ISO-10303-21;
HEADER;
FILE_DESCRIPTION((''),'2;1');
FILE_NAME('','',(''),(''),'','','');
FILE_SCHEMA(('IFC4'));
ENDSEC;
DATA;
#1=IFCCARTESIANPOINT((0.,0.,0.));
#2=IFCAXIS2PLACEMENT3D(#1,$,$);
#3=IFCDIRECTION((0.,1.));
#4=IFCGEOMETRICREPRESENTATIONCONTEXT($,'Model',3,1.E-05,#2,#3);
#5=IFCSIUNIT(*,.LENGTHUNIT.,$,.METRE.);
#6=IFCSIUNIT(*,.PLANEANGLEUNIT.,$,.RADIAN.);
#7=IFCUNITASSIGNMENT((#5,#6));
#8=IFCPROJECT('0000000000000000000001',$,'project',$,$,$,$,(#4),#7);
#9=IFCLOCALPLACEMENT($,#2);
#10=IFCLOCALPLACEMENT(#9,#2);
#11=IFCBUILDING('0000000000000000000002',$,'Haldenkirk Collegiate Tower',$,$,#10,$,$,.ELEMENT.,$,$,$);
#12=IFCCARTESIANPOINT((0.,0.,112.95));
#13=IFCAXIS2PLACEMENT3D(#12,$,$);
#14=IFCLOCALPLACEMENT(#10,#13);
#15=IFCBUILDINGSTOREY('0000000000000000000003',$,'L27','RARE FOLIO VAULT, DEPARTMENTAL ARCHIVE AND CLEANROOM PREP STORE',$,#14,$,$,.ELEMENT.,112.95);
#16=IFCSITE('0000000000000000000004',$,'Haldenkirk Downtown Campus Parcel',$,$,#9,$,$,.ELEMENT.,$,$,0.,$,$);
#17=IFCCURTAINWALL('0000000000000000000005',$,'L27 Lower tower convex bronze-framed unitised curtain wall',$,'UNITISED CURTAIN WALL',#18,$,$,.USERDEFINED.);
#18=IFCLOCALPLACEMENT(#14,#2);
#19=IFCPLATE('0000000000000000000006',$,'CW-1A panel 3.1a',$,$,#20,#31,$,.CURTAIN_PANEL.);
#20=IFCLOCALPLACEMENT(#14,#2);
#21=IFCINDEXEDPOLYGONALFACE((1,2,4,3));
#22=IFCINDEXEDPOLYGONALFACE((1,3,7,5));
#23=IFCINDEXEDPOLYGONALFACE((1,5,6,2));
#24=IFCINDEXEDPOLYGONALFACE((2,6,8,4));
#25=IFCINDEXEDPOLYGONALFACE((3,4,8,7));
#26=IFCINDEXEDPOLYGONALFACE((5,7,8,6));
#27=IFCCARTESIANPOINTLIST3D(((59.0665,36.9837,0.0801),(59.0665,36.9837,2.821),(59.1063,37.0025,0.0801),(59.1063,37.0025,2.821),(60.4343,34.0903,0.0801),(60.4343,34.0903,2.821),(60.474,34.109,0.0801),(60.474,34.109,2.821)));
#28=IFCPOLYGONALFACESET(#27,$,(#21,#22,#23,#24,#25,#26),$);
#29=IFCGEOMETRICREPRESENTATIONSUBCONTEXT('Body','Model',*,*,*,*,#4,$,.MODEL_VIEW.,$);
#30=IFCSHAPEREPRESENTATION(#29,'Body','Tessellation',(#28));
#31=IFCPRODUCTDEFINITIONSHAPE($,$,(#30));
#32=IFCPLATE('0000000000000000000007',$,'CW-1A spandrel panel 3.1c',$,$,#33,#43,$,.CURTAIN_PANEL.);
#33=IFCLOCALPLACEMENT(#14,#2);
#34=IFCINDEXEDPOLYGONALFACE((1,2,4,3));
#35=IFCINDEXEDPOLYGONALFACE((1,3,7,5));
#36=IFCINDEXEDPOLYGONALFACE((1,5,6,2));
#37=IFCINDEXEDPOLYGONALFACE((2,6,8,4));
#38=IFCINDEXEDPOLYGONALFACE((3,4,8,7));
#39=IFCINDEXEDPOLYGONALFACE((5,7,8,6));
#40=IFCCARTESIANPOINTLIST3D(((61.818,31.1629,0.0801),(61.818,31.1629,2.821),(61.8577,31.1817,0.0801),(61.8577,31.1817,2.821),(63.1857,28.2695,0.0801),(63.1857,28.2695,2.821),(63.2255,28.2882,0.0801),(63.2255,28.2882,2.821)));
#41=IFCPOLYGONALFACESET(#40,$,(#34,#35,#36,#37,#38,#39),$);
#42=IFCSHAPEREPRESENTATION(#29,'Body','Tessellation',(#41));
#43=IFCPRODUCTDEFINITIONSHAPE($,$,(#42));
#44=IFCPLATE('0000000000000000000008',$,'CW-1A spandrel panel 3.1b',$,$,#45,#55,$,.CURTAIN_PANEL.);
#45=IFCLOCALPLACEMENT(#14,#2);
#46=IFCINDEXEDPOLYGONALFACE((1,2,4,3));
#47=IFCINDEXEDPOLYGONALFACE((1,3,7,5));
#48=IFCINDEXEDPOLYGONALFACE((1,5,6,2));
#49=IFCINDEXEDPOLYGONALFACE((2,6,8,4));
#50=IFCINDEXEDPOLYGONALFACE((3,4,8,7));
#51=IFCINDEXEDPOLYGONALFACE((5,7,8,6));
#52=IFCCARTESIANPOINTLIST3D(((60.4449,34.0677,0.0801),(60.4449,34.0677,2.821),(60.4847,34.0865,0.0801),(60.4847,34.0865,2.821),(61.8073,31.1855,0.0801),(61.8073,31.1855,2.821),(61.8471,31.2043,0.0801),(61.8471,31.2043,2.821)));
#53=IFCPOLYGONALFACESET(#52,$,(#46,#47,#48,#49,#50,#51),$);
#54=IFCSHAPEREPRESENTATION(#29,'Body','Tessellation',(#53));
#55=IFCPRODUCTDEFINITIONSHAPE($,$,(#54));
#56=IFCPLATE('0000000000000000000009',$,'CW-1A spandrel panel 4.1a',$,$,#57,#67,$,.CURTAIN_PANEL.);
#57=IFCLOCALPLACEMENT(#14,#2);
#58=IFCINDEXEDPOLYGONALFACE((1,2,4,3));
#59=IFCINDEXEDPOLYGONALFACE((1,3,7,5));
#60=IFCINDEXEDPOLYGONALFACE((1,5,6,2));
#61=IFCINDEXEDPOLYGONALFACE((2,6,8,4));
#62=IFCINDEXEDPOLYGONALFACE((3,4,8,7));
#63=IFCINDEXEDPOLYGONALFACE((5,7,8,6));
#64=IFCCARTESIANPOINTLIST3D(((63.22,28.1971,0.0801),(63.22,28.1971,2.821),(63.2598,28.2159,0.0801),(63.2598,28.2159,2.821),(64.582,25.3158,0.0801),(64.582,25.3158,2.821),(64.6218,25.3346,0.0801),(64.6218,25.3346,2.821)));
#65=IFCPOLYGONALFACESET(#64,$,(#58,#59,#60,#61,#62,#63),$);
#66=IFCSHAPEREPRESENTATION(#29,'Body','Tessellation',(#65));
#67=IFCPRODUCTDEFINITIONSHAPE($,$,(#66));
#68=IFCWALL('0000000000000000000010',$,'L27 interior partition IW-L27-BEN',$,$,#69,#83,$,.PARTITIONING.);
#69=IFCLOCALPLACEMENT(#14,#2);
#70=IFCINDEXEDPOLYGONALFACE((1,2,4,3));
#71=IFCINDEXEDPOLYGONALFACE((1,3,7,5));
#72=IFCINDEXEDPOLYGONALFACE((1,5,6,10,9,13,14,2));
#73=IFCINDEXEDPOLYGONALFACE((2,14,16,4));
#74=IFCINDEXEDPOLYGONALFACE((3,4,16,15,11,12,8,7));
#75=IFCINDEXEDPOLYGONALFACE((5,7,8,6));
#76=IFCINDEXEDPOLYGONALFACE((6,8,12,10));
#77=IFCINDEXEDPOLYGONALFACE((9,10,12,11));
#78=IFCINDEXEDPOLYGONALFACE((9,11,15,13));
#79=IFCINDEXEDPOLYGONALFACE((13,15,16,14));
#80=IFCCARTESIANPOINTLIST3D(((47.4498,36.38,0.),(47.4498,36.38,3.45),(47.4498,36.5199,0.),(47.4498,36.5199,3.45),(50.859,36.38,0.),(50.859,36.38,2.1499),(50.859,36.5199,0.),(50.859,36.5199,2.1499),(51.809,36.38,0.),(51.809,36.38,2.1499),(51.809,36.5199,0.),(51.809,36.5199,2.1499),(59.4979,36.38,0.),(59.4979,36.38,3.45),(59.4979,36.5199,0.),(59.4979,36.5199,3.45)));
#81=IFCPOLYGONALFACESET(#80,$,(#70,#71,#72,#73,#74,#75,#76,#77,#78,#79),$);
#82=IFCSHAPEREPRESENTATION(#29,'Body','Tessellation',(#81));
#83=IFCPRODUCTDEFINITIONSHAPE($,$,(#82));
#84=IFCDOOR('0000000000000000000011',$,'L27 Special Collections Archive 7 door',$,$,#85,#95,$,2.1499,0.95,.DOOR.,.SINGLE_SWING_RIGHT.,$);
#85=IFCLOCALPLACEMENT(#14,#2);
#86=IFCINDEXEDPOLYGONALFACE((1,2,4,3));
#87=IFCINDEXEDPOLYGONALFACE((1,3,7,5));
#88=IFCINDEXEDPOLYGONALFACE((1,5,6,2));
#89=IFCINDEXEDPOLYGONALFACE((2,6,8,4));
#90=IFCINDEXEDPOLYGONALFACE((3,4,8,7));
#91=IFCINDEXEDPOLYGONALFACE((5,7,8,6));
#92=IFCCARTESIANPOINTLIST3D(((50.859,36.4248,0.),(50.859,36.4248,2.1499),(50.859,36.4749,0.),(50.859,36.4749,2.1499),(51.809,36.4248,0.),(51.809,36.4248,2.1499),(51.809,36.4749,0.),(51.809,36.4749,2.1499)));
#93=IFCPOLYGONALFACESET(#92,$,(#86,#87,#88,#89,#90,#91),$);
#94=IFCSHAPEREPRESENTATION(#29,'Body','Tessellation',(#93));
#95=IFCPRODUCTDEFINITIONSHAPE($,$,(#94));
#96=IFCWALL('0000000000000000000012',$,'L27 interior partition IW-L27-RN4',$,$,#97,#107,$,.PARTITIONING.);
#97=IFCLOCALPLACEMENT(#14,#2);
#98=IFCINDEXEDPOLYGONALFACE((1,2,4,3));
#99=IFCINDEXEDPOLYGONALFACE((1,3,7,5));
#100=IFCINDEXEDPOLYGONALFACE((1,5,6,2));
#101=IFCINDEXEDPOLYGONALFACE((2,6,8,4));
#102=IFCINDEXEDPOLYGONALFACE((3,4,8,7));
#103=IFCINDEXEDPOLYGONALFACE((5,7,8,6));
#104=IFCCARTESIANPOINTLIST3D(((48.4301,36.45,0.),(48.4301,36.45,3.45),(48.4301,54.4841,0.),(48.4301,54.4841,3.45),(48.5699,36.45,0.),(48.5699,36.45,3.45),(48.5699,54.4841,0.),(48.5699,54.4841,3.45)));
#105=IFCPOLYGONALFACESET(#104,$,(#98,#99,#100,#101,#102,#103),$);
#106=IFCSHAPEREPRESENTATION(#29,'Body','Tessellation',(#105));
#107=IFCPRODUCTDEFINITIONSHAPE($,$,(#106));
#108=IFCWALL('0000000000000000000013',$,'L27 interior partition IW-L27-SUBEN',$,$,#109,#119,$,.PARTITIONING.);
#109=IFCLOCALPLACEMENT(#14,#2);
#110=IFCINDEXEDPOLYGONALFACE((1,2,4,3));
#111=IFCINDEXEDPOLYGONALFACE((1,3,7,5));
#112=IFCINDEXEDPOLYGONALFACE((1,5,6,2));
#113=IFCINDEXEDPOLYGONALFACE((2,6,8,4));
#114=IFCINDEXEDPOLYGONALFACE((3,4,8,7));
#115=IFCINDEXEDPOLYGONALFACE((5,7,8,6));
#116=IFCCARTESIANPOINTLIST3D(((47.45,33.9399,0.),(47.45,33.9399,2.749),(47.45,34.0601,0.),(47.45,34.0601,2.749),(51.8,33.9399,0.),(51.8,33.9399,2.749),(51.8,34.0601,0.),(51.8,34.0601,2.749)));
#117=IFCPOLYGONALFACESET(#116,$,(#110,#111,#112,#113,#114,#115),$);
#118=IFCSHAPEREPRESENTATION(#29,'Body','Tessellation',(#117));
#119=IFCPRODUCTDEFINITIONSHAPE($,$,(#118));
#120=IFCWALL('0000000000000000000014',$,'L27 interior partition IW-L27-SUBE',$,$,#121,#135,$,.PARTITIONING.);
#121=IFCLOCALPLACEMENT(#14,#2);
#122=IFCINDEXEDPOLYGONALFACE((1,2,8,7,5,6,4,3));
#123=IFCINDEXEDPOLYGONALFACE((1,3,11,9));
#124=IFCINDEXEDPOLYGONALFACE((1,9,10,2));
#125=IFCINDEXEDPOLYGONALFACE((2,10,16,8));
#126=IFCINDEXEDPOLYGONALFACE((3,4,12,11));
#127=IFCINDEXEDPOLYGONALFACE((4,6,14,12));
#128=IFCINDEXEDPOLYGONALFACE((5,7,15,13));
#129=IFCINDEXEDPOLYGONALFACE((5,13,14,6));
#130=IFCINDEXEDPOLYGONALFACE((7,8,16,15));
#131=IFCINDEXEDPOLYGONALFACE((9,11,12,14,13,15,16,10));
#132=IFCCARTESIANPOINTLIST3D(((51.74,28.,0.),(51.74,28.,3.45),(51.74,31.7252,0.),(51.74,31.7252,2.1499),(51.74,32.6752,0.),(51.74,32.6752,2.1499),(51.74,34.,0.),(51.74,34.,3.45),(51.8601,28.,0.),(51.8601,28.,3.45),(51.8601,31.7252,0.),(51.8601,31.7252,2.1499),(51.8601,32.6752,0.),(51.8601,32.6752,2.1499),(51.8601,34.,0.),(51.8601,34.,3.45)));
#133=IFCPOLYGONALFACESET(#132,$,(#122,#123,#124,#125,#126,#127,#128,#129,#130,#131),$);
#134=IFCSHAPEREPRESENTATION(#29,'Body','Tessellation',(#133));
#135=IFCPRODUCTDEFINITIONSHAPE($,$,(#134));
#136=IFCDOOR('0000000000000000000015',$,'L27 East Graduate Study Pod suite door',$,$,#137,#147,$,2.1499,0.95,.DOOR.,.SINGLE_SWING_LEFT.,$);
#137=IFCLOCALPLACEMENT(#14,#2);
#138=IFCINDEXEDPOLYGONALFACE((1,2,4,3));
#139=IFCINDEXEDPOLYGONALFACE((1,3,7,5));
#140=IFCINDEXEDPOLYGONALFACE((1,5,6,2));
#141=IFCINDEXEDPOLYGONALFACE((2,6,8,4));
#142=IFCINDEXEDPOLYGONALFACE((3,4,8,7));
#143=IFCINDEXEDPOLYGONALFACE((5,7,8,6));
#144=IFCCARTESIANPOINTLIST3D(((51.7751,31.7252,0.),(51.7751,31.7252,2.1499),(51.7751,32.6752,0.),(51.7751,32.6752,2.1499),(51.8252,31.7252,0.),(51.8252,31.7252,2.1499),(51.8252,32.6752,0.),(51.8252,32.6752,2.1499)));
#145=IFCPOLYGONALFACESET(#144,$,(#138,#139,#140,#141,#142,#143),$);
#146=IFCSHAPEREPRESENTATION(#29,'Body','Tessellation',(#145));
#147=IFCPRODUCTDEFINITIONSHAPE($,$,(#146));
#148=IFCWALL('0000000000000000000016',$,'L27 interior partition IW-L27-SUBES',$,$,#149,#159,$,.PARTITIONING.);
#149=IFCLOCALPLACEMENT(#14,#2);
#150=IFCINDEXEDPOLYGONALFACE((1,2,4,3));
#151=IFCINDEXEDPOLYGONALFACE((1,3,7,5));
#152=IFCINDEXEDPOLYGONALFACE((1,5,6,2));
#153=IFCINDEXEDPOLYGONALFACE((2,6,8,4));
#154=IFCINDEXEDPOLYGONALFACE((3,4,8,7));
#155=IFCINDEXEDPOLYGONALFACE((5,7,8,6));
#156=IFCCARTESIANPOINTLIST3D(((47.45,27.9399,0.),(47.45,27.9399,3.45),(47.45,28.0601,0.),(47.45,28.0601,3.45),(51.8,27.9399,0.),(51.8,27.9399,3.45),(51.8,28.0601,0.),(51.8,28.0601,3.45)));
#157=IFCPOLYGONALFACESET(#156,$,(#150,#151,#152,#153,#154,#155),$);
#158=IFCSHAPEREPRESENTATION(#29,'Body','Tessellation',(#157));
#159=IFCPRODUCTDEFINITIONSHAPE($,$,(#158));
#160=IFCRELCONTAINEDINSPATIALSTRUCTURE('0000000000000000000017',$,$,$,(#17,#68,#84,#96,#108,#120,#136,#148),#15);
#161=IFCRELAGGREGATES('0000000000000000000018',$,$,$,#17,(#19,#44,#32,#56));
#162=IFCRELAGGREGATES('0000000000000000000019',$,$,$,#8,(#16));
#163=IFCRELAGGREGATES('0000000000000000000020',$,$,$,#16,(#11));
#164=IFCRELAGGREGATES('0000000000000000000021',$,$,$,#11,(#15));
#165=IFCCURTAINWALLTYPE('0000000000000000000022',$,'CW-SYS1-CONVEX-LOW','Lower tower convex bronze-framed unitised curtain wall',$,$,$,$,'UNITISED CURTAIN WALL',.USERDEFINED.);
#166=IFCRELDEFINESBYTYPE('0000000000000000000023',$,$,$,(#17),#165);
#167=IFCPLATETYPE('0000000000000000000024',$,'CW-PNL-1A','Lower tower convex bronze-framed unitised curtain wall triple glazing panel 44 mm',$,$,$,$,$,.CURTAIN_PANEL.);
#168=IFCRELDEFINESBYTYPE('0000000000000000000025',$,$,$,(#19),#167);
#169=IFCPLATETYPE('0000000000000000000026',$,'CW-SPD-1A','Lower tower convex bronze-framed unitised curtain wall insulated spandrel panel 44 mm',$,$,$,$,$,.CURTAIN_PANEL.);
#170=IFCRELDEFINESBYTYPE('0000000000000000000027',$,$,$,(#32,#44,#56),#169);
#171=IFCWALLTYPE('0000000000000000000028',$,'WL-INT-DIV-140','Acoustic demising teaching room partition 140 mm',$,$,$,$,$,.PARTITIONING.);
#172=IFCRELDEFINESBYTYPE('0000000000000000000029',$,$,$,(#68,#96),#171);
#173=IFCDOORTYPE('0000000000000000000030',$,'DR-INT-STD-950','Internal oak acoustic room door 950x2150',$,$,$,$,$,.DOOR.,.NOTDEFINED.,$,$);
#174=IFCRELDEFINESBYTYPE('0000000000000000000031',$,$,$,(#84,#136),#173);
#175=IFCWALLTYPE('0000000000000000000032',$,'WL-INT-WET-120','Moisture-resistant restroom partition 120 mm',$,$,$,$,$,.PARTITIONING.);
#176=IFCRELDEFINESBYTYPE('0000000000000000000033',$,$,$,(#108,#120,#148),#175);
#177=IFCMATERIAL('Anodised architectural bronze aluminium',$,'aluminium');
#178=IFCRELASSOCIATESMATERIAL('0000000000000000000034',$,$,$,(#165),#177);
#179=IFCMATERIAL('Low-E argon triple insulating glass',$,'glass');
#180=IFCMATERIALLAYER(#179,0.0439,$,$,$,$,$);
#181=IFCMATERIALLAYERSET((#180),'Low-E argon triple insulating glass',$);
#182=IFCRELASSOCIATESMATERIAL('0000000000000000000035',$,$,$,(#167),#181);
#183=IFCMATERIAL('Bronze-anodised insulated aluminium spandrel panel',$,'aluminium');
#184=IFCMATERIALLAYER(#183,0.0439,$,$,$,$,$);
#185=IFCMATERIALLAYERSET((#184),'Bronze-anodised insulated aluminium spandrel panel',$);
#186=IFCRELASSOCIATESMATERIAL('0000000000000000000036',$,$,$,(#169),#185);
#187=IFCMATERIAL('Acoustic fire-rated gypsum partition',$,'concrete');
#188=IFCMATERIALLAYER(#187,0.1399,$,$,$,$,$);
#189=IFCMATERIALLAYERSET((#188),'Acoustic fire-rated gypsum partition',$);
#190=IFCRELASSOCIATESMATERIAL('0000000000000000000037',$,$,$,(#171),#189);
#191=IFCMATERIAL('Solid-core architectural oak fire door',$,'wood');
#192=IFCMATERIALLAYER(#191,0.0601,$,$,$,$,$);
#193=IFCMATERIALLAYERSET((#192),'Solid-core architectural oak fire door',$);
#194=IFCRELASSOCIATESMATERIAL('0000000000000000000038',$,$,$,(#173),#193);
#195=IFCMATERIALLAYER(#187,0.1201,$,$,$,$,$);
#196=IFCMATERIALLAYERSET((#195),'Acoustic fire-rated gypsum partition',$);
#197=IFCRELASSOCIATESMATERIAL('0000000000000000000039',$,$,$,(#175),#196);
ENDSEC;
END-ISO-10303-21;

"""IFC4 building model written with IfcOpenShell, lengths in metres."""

from ifc_helpers import new_model, si_unit, direction, frame, frame_2d, origin, origin_2d, place, context, subcontext, project, spatial, rectangle, extrude, source, transform, mapped, material, layer, layer_set, type_object, element, fill, aggregate, save


model = new_model("IFC4")

# Units and contexts
model_context = context("Model", 3, precision=1e-05, world=origin(), true_north=direction((0.0, 1.0)))
body_context = subcontext(model_context, "Body", "Model", "MODEL_VIEW")
ifc_project = project(units=[si_unit("LENGTHUNIT", "METRE"), si_unit("PLANEANGLEUNIT", "RADIAN")], contexts=[model_context])

# Site, building, storey
site_placement = place(None, origin())
site = spatial("IfcSite", under=ifc_project, at=site_placement, Name="Haldenkirk Downtown Campus Parcel", CompositionType="ELEMENT", RefElevation=0.0)
building_placement = place(site_placement, origin())
building = spatial("IfcBuilding", under=site, at=building_placement, Name="Haldenkirk Collegiate Tower", CompositionType="ELEMENT")
storey_placement = place(building_placement, frame((0.0, 0.0, 112.95)))
storey = spatial("IfcBuildingStorey", under=building, at=storey_placement, Name="L27", Description="RARE FOLIO VAULT, DEPARTMENTAL ARCHIVE AND CLEANROOM PREP STORE", CompositionType="ELEMENT", Elevation=112.95)

# Curtain wall, plates
ifc_material_1 = material(Name="Anodised architectural bronze aluminium", Category="aluminium")
curtain_wall_type = type_object("IfcCurtainWallType", Name="CW-SYS1-CONVEX-LOW", Description="Lower tower convex bronze-framed unitised curtain wall", ElementType="UNITISED CURTAIN WALL", PredefinedType="USERDEFINED", material=ifc_material_1)
curtain_wall_placement = place(storey_placement, origin())
curtain_wall = element("IfcCurtainWall", 1, at=curtain_wall_placement, inside=storey, type_object=curtain_wall_type, Name="L27 Lower tower convex bronze-framed unitised curtain wall", ObjectType="UNITISED CURTAIN WALL", PredefinedType="USERDEFINED")
ifc_material_2 = material(Name="Low-E argon triple insulating glass", Category="glass")
ifc_layer_1 = layer(ifc_material_2, 0.0439)
ifc_layer_set_1 = layer_set([ifc_layer_1], Name="Low-E argon triple insulating glass")
plate_type_1 = type_object("IfcPlateType", Name="CW-PNL-1A", Description="Lower tower convex bronze-framed unitised curtain wall triple glazing panel 44 mm", PredefinedType="CURTAIN_PANEL", material=ifc_layer_set_1)
shared_shape_1 = source(origin(), body_context, "Body", "SweptSolid", [
    extrude(rectangle(XDim=3.2004, YDim=0.0439, at=origin_2d()), origin(), (0.0, 0.0, 1.0), 2.741),
])
plate_1_placement = place(storey_placement, frame((59.7703, 35.5464, 0.0801), z_axis=(0.0, 0.0, 1.0), x_axis=(0.427357, -0.904083, 0.0)))
plate_1 = element("IfcPlate", 2, at=plate_1_placement, type_object=plate_type_1, Name="CW-1A panel 3.1a", PredefinedType="CURTAIN_PANEL", context=body_context, shape_type="MappedRepresentation", body=[
    mapped(shared_shape_1, transform((0.0, 0.0, 0.0), x_axis=(1.0, 0.0, 0.0), y_axis=(0.0, 1.0, 0.0), z_axis=(0.0, 0.0, 1.0), scale=1.0)),
])
ifc_material_3 = material(Name="Bronze-anodised insulated aluminium spandrel panel", Category="aluminium")
ifc_layer_2 = layer(ifc_material_3, 0.0439)
ifc_layer_set_2 = layer_set([ifc_layer_2], Name="Bronze-anodised insulated aluminium spandrel panel")
plate_type_2 = type_object("IfcPlateType", Name="CW-SPD-1A", Description="Lower tower convex bronze-framed unitised curtain wall insulated spandrel panel 44 mm", PredefinedType="CURTAIN_PANEL", material=ifc_layer_set_2)
plate_2_placement = place(storey_placement, frame((62.5217, 29.7256, 0.0801), z_axis=(0.0, 0.0, 1.0), x_axis=(0.427357, -0.904083, 0.0)))
plate_2 = element("IfcPlate", 3, at=plate_2_placement, type_object=plate_type_2, Name="CW-1A spandrel panel 3.1c", PredefinedType="CURTAIN_PANEL", context=body_context, shape_type="MappedRepresentation", body=[
    mapped(shared_shape_1, transform((0.0, 0.0, 0.0), x_axis=(1.0, 0.0, 0.0), y_axis=(0.0, 1.0, 0.0), z_axis=(0.0, 0.0, 1.0), scale=1.0)),
])
shared_shape_2 = source(origin(), body_context, "Body", "SweptSolid", [
    extrude(rectangle(XDim=3.188, YDim=0.0439, at=origin_2d()), origin(), (0.0, 0.0, 1.0), 2.741),
])
plate_3_placement = place(storey_placement, frame((61.146, 32.636, 0.0801), z_axis=(0.0, 0.0, 1.0), x_axis=(0.427357, -0.904083, 0.0)))
plate_3 = element("IfcPlate", 4, at=plate_3_placement, type_object=plate_type_2, Name="CW-1A spandrel panel 3.1b", PredefinedType="CURTAIN_PANEL", context=body_context, shape_type="MappedRepresentation", body=[
    mapped(shared_shape_2, transform((0.0, 0.0, 0.0), x_axis=(1.0, 0.0, 0.0), y_axis=(0.0, 1.0, 0.0), z_axis=(0.0, 0.0, 1.0), scale=1.0)),
])
shared_shape_3 = source(origin(), body_context, "Body", "SweptSolid", [
    extrude(rectangle(XDim=3.187, YDim=0.0439, at=origin_2d()), origin(), (0.0, 0.0, 1.0), 2.741),
])
plate_4_placement = place(storey_placement, frame((63.9209, 26.7659, 0.0801), z_axis=(0.0, 0.0, 1.0), x_axis=(0.427357, -0.904083, 0.0)))
plate_4 = element("IfcPlate", 5, at=plate_4_placement, type_object=plate_type_2, Name="CW-1A spandrel panel 4.1a", PredefinedType="CURTAIN_PANEL", context=body_context, shape_type="MappedRepresentation", body=[
    mapped(shared_shape_3, transform((0.0, 0.0, 0.0), x_axis=(1.0, 0.0, 0.0), y_axis=(0.0, 1.0, 0.0), z_axis=(0.0, 0.0, 1.0), scale=1.0)),
])
aggregate(curtain_wall, [plate_1, plate_3, plate_2, plate_4])

# Wall, opening, door
ifc_material_4 = material(Name="Acoustic fire-rated gypsum partition", Category="concrete")
ifc_layer_3 = layer(ifc_material_4, 0.1399)
ifc_layer_set_3 = layer_set([ifc_layer_3], Name="Acoustic fire-rated gypsum partition")
wall_type_1 = type_object("IfcWallType", Name="WL-INT-DIV-140", Description="Acoustic demising teaching room partition 140 mm", PredefinedType="PARTITIONING", material=ifc_layer_set_3)
wall_1_placement = place(storey_placement, frame((47.45, 36.45, 0.0), z_axis=(0.0, 0.0, 1.0), x_axis=(1.0, 0.0, 0.0)))
wall_1 = element("IfcWall", 6, at=wall_1_placement, inside=storey, type_object=wall_type_1, Name="L27 interior partition IW-L27-BEN", PredefinedType="PARTITIONING", context=body_context, shape_type="SweptSolid", body=[
    extrude(rectangle(XDim=12.0481, YDim=0.1399, at=frame_2d((6.0239, 0.0))), origin(), (0.0, 0.0, 1.0), 3.45),
])
opening_1_placement = place(wall_1_placement, frame((3.4089, 0.0, 0.0)))
opening_1 = element("IfcOpeningElement", 7, at=opening_1_placement, cuts=wall_1, PredefinedType="OPENING", context=body_context, shape_type="SweptSolid", body=[
    extrude(rectangle(XDim=0.95, YDim=2.1499, at=frame_2d((0.4751, 1.075))), frame((0.0, 0.0798, 0.0), z_axis=(0.0, -1.0, 0.0), x_axis=(1.0, 0.0, 0.0)), (0.0, 0.0, 1.0), 0.1599),
])
ifc_material_5 = material(Name="Solid-core architectural oak fire door", Category="wood")
ifc_layer_4 = layer(ifc_material_5, 0.0601)
ifc_layer_set_4 = layer_set([ifc_layer_4], Name="Solid-core architectural oak fire door")
door_type = type_object("IfcDoorType", Name="DR-INT-STD-950", Description="Internal oak acoustic room door 950x2150", OperationType="NOTDEFINED", PredefinedType="DOOR", material=ifc_layer_set_4)
door_1_placement = place(opening_1_placement, origin())
door_1 = element("IfcDoor", 8, at=door_1_placement, inside=storey, type_object=door_type, Name="L27 Special Collections Archive 7 door", OperationType="SINGLE_SWING_RIGHT", OverallHeight=2.1499, OverallWidth=0.95, PredefinedType="DOOR", context=body_context, shape_type="SweptSolid", body=[
    extrude(rectangle(XDim=0.95, YDim=2.1499, at=frame_2d((0.4751, 1.075))), frame((0.0, 0.0249, 0.0), z_axis=(0.0, -1.0, 0.0), x_axis=(1.0, 0.0, 0.0)), (0.0, 0.0, 1.0), 0.05),
])
fill(opening_1, door_1)

# Walls
wall_2_placement = place(storey_placement, frame((48.5, 36.45, 0.0), z_axis=(0.0, 0.0, 1.0), x_axis=(0.0, 1.0, 0.0)))
element("IfcWall", 9, at=wall_2_placement, inside=storey, type_object=wall_type_1, Name="L27 interior partition IW-L27-RN4", PredefinedType="PARTITIONING", context=body_context, shape_type="SweptSolid", body=[
    extrude(rectangle(XDim=18.0342, YDim=0.1399, at=frame_2d((9.0171, 0.0))), origin(), (0.0, 0.0, 1.0), 3.45),
])
ifc_layer_5 = layer(ifc_material_4, 0.1201)
ifc_layer_set_5 = layer_set([ifc_layer_5], Name="Acoustic fire-rated gypsum partition")
wall_type_2 = type_object("IfcWallType", Name="WL-INT-WET-120", Description="Moisture-resistant restroom partition 120 mm", PredefinedType="PARTITIONING", material=ifc_layer_set_5)
wall_3_placement = place(storey_placement, frame((47.45, 34.0, 0.0), z_axis=(0.0, 0.0, 1.0), x_axis=(1.0, 0.0, 0.0)))
element("IfcWall", 10, at=wall_3_placement, inside=storey, type_object=wall_type_2, Name="L27 interior partition IW-L27-SUBEN", PredefinedType="PARTITIONING", context=body_context, shape_type="SweptSolid", body=[
    extrude(rectangle(XDim=4.3501, YDim=0.1201, at=frame_2d((2.175, 0.0))), origin(), (0.0, 0.0, 1.0), 2.749),
])

# Wall, opening, door
wall_4_placement = place(storey_placement, frame((51.8, 28.0, 0.0), z_axis=(0.0, 0.0, 1.0), x_axis=(0.0, 1.0, 0.0)))
wall_4 = element("IfcWall", 11, at=wall_4_placement, inside=storey, type_object=wall_type_2, Name="L27 interior partition IW-L27-SUBE", PredefinedType="PARTITIONING", context=body_context, shape_type="SweptSolid", body=[
    extrude(rectangle(XDim=6.0, YDim=0.1201, at=frame_2d((3.0, 0.0))), origin(), (0.0, 0.0, 1.0), 3.45),
])
opening_2_placement = place(wall_4_placement, frame((3.7251, 0.0, 0.0)))
opening_2 = element("IfcOpeningElement", 12, at=opening_2_placement, cuts=wall_4, PredefinedType="OPENING", context=body_context, shape_type="SweptSolid", body=[
    extrude(rectangle(XDim=0.95, YDim=2.1499, at=frame_2d((0.4751, 1.075))), frame((0.0, 0.0701, 0.0), z_axis=(0.0, -1.0, 0.0), x_axis=(1.0, 0.0, 0.0)), (0.0, 0.0, 1.0), 0.1401),
])
door_2_placement = place(opening_2_placement, origin())
door_2 = element("IfcDoor", 13, at=door_2_placement, inside=storey, type_object=door_type, Name="L27 East Graduate Study Pod suite door", OperationType="SINGLE_SWING_LEFT", OverallHeight=2.1499, OverallWidth=0.95, PredefinedType="DOOR", context=body_context, shape_type="SweptSolid", body=[
    extrude(rectangle(XDim=0.95, YDim=2.1499, at=frame_2d((0.4751, 1.075))), frame((0.0, 0.0249, 0.0), z_axis=(0.0, -1.0, 0.0), x_axis=(1.0, 0.0, 0.0)), (0.0, 0.0, 1.0), 0.05),
])
fill(opening_2, door_2)

# Wall
wall_5_placement = place(storey_placement, frame((47.45, 28.0, 0.0), z_axis=(0.0, 0.0, 1.0), x_axis=(1.0, 0.0, 0.0)))
element("IfcWall", 14, at=wall_5_placement, inside=storey, type_object=wall_type_2, Name="L27 interior partition IW-L27-SUBES", PredefinedType="PARTITIONING", context=body_context, shape_type="SweptSolid", body=[
    extrude(rectangle(XDim=4.3501, YDim=0.1201, at=frame_2d((2.175, 0.0))), origin(), (0.0, 0.0, 1.0), 3.45),
])

save(model, "model.ifc")
